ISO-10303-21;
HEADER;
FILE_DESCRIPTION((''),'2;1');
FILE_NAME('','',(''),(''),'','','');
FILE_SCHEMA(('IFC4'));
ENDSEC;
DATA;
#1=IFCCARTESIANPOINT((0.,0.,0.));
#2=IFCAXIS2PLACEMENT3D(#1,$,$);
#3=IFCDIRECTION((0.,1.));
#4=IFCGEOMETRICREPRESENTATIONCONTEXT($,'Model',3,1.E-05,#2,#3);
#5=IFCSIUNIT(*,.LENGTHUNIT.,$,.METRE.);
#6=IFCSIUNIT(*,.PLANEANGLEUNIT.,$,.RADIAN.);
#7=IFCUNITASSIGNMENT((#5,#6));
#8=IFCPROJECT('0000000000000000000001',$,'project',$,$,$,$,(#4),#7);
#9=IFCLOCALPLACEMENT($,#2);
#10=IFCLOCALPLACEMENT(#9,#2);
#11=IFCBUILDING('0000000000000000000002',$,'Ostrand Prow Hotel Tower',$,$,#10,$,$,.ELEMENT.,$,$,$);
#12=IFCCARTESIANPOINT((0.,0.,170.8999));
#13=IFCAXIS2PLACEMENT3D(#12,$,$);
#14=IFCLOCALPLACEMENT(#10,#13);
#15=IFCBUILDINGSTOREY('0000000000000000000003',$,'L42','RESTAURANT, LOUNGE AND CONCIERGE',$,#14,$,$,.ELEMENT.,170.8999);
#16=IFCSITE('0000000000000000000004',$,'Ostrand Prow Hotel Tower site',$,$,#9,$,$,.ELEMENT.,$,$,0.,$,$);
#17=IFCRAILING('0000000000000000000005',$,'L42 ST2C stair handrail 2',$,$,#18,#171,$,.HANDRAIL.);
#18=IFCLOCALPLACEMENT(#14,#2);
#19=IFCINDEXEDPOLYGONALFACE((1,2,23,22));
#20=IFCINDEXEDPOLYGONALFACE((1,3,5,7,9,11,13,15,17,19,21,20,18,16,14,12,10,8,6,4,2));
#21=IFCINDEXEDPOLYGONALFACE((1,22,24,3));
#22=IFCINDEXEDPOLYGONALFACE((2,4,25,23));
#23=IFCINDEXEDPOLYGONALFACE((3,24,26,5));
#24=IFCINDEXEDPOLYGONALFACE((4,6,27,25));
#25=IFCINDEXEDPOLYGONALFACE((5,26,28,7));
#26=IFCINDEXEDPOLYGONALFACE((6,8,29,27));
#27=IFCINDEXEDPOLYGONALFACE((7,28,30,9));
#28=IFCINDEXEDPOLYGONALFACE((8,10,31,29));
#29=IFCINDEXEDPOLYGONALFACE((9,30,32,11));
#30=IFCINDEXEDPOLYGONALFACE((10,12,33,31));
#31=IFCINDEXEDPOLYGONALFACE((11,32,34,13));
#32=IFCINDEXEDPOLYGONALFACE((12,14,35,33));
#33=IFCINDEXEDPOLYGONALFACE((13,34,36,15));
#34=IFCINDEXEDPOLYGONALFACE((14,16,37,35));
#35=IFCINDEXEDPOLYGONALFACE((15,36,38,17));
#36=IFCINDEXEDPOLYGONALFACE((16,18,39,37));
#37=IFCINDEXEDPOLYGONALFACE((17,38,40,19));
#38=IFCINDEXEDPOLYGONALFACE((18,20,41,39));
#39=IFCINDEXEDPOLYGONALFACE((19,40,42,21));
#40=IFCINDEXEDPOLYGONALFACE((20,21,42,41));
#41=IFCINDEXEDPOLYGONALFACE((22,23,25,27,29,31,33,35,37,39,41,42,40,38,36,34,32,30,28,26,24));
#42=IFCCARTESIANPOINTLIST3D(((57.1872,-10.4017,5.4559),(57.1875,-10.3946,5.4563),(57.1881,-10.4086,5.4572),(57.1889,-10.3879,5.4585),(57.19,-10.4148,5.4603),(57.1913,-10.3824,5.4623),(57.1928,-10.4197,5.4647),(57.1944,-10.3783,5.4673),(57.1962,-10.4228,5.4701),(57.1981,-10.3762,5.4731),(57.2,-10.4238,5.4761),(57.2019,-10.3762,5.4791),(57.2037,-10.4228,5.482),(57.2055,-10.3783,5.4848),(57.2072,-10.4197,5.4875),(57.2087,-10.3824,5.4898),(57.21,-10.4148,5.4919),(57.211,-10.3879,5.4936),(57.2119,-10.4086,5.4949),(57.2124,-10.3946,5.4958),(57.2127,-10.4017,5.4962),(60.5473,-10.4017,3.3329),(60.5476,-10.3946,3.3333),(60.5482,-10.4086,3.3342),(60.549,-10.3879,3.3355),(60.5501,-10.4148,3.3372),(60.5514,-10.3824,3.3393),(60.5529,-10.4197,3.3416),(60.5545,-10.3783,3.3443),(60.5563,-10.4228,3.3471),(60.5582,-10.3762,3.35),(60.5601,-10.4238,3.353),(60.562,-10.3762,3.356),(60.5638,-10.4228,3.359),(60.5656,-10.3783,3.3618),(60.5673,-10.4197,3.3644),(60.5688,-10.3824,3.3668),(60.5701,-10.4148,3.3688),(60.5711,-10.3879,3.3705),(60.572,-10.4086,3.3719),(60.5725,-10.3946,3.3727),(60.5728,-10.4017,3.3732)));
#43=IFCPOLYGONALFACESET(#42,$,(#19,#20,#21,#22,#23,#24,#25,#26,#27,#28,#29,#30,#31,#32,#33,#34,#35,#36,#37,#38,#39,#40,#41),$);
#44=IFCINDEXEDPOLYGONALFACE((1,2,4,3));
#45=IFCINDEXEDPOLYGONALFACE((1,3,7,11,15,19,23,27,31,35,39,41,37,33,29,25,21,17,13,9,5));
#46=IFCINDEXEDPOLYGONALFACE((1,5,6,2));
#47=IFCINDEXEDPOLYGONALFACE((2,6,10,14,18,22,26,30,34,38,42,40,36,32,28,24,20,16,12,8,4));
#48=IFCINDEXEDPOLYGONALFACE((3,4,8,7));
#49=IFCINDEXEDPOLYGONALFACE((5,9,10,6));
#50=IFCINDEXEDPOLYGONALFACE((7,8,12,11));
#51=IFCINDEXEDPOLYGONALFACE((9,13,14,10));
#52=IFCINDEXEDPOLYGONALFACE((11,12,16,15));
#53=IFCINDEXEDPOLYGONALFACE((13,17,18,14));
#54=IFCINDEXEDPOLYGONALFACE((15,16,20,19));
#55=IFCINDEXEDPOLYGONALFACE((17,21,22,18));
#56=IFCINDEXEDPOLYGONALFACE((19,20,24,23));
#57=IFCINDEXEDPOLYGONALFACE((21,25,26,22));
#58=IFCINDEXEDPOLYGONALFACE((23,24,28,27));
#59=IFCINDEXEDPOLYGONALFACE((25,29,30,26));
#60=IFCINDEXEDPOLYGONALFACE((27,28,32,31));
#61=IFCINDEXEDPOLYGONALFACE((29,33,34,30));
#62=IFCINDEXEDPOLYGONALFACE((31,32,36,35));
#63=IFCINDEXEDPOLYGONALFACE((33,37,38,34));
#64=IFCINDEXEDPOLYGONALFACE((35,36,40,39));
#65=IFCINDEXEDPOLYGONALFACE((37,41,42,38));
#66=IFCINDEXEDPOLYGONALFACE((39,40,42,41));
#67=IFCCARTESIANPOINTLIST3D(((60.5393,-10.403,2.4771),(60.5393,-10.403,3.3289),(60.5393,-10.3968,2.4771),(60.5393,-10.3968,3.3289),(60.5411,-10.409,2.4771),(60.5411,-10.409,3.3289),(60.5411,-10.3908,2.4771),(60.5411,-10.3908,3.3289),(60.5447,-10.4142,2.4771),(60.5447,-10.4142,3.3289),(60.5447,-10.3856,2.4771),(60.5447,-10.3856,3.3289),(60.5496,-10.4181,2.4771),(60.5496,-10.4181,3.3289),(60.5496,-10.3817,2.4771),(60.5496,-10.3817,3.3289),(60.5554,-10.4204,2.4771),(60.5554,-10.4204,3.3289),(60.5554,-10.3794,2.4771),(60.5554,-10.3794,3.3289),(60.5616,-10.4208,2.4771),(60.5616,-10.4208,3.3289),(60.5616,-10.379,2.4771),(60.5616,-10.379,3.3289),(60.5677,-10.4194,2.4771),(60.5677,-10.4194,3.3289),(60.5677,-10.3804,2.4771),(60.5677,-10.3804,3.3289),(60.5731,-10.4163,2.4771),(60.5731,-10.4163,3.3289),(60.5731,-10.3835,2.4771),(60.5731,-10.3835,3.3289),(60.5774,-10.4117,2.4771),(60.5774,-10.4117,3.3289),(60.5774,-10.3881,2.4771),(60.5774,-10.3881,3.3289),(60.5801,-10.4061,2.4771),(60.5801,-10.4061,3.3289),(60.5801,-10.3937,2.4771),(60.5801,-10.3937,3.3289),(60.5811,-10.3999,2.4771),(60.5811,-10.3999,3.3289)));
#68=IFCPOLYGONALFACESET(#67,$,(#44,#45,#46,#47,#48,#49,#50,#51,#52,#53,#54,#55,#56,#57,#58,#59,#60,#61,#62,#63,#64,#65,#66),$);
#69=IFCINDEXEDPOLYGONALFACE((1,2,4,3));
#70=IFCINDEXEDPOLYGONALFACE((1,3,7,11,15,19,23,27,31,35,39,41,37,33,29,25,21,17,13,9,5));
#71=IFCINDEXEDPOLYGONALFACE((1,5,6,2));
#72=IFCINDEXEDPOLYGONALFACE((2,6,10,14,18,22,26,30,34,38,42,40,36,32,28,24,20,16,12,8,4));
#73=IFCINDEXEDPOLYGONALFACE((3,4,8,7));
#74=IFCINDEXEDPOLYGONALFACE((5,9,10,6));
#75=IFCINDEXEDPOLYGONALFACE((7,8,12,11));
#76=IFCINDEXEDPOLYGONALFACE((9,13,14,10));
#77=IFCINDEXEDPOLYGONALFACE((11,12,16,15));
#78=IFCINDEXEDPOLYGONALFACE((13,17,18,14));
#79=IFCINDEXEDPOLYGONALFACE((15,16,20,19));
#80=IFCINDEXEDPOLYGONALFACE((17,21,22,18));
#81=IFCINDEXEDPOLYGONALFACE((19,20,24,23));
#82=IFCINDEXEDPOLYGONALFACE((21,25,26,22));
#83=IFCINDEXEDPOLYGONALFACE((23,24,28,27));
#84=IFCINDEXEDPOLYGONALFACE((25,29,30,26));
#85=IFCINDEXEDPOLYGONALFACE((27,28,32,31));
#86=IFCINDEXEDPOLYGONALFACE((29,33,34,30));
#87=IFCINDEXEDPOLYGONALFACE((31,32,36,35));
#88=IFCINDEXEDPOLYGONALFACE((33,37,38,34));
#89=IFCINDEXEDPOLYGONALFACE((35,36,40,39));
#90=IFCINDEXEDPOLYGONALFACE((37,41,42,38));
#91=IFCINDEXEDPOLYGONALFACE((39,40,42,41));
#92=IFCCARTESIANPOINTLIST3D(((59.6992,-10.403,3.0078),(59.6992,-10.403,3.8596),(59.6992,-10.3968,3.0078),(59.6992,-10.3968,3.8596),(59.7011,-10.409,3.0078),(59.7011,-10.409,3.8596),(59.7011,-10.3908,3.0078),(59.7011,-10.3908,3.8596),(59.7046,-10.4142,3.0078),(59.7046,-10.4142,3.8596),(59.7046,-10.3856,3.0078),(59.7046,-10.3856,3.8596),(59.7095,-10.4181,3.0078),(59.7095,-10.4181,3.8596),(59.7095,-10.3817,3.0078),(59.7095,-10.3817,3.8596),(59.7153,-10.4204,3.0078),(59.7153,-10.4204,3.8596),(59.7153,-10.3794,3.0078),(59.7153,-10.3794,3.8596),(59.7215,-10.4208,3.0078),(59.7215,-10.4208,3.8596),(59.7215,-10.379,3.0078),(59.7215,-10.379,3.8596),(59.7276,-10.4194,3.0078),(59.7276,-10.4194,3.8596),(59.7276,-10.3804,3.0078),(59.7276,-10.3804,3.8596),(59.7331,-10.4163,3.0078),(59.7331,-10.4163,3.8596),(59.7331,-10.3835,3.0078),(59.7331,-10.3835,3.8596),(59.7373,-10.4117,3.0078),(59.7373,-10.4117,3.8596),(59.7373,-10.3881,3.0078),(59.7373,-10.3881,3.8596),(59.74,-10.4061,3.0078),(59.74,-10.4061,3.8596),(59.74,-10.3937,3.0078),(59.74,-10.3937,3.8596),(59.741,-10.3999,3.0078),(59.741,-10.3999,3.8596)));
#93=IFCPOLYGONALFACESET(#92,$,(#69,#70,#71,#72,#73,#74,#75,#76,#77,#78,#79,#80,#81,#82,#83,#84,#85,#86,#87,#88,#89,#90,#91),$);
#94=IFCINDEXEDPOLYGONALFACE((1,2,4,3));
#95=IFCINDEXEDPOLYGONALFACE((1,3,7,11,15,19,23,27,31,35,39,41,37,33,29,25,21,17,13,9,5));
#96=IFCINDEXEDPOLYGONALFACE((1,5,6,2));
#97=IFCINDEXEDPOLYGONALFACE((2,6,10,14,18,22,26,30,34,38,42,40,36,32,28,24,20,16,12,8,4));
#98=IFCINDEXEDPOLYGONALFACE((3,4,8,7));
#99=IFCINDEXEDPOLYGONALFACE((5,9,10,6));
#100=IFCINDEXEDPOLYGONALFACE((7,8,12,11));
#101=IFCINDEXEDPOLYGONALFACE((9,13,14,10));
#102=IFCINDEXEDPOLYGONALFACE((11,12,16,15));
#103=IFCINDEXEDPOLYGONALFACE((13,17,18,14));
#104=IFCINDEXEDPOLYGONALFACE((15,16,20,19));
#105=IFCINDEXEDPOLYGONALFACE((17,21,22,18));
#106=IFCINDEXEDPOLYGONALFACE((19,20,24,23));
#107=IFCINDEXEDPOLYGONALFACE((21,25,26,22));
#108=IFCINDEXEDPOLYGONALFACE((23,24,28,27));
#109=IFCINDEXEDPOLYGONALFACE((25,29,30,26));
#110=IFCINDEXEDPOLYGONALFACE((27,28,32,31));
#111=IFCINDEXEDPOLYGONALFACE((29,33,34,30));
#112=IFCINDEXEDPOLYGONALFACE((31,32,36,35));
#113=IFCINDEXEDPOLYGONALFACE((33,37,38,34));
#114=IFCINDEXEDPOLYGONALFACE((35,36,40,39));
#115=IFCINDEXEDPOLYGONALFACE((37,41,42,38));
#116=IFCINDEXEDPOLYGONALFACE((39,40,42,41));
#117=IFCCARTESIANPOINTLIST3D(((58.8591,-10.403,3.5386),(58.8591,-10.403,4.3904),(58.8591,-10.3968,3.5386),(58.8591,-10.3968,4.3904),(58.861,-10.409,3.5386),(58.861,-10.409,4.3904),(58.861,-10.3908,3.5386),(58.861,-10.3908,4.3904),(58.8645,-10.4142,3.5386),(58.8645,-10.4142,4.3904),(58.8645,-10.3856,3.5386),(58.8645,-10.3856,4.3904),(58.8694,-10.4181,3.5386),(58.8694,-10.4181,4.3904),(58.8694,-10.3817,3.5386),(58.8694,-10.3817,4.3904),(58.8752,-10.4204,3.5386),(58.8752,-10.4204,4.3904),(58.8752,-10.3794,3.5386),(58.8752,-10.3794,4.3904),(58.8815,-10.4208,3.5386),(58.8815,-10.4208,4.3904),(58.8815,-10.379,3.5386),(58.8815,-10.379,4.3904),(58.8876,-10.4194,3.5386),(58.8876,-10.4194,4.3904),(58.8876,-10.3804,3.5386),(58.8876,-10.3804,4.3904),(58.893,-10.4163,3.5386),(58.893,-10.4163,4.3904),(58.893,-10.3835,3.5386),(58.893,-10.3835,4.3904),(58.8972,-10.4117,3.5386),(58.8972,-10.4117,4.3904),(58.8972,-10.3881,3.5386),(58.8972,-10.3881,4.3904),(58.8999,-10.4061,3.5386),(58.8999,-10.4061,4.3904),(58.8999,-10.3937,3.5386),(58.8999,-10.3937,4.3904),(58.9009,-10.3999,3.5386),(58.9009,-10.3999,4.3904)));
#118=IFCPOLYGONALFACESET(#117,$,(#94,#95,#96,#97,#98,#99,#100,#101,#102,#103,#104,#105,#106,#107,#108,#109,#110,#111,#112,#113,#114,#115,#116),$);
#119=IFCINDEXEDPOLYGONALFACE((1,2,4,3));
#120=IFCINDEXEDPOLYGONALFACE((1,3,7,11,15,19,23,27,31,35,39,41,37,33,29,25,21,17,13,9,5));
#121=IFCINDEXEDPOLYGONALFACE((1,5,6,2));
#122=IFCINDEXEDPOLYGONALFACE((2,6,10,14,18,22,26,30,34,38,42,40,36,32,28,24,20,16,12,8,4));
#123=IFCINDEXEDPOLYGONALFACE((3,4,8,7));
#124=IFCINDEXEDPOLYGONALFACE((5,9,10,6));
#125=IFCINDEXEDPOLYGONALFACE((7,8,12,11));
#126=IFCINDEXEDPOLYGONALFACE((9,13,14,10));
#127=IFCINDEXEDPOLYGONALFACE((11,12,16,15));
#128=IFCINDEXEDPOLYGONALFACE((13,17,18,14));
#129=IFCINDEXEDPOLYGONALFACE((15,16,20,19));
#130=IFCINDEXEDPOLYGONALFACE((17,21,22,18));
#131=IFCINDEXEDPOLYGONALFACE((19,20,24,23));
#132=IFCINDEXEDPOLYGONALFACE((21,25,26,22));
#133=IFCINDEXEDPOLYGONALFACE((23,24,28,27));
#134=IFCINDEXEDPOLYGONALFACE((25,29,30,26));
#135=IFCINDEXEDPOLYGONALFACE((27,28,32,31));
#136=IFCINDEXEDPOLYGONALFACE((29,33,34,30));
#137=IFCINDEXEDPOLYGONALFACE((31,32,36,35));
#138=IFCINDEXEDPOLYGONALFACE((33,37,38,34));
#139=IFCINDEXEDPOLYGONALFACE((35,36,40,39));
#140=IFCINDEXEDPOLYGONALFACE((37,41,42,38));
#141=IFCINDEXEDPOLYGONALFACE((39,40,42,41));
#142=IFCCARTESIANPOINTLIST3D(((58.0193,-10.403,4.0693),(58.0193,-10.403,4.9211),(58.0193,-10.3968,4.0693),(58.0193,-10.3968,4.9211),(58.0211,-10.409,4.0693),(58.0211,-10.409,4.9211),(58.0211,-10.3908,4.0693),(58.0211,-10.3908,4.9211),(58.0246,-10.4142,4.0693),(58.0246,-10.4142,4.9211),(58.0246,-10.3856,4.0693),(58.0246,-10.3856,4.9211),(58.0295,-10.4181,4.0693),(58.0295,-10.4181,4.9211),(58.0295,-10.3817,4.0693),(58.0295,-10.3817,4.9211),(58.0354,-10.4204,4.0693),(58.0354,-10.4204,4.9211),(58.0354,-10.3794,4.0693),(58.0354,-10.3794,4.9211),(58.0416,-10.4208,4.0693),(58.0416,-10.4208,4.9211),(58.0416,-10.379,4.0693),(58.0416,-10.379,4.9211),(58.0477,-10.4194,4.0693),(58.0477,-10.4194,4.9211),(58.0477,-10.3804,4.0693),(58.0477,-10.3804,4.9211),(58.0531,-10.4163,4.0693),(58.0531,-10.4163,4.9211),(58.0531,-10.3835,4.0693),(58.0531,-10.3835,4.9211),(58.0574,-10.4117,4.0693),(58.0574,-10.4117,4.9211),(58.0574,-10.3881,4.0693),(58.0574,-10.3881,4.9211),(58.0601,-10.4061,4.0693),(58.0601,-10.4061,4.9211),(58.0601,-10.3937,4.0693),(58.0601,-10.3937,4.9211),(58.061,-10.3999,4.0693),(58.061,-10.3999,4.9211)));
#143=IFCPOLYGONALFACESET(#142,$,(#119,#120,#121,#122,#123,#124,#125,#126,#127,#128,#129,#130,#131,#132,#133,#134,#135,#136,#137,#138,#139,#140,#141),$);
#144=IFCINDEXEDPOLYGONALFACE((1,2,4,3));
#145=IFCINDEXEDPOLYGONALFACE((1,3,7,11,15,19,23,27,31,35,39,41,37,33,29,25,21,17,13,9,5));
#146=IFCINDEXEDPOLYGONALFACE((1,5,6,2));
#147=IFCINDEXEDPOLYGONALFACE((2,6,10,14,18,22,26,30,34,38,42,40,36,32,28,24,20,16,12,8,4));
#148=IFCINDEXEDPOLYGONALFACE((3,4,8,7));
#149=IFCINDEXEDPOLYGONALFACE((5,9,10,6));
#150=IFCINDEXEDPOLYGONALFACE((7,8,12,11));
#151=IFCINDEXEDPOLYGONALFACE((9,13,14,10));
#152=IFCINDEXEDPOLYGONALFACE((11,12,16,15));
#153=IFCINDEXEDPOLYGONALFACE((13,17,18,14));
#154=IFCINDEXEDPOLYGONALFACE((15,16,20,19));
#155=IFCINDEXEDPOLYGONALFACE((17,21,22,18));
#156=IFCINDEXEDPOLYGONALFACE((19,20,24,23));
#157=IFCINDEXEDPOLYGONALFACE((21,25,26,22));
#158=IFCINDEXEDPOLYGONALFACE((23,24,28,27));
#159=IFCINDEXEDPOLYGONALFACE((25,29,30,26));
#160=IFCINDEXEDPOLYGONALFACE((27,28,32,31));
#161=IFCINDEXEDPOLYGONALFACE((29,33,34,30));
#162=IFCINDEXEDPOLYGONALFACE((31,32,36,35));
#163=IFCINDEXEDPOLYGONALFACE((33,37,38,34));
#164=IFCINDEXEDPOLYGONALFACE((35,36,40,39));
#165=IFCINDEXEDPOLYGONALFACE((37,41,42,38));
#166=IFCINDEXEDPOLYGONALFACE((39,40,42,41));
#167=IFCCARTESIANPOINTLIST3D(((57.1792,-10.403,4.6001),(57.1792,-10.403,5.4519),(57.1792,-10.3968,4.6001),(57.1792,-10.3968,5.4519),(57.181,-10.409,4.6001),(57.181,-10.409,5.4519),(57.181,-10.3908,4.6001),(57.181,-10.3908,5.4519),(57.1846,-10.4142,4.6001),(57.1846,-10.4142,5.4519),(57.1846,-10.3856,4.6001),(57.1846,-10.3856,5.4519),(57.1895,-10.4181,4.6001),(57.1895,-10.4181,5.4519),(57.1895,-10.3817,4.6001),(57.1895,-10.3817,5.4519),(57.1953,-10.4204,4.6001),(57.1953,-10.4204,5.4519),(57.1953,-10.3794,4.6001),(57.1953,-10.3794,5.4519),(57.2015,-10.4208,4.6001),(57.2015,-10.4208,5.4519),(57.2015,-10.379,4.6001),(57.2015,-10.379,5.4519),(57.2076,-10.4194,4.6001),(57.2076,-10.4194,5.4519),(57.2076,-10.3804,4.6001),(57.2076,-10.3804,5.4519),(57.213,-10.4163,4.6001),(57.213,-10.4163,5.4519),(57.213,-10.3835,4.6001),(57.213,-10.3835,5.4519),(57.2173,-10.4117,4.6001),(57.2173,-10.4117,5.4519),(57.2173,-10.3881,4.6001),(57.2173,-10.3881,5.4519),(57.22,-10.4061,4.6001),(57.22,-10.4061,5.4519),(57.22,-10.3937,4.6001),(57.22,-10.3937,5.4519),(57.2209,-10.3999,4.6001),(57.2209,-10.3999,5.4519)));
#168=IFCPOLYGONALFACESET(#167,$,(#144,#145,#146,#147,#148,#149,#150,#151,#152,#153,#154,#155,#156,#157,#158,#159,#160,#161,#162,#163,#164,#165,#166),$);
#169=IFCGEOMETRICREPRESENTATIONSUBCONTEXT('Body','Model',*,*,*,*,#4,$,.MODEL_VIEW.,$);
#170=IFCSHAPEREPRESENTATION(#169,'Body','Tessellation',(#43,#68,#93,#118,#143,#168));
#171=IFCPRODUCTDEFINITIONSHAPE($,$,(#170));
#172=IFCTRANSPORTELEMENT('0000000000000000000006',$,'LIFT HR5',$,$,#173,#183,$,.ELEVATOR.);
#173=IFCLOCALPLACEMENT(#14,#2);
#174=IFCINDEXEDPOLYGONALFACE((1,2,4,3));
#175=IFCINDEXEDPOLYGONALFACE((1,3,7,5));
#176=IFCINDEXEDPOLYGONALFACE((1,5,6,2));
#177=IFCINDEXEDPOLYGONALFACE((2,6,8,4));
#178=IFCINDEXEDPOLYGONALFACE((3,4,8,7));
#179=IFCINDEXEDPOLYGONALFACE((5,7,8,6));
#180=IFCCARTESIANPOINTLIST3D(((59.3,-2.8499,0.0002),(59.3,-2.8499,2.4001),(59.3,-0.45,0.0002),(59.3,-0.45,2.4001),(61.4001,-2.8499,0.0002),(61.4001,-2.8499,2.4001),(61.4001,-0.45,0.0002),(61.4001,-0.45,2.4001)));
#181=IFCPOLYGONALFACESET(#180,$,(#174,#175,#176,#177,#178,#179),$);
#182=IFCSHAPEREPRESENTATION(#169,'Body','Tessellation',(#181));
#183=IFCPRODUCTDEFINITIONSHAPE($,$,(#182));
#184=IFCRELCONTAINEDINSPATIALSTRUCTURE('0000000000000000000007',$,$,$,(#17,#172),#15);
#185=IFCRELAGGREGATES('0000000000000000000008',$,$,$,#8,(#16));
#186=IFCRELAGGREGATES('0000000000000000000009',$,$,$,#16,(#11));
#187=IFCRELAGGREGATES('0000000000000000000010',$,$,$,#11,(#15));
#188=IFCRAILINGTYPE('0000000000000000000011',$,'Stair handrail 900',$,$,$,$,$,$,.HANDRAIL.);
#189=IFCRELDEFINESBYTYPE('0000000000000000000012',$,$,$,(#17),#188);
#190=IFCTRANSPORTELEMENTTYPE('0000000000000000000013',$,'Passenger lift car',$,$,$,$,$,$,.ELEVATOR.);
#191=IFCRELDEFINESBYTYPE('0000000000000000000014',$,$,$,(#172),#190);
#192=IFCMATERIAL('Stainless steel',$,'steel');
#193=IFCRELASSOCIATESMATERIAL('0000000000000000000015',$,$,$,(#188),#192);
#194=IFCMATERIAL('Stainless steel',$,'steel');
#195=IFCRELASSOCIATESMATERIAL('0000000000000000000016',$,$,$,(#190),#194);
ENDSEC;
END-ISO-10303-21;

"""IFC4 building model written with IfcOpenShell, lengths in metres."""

from ifc_helpers import new_model, si_unit, direction, frame, origin, origin_2d, place, context, subcontext, project, spatial, rectangle, circle, extrude, material, type_object, element, save


model = new_model("IFC4")

# Units and contexts
model_context = context("Model", 3, precision=1e-05, world=origin(), true_north=direction((0.0, 1.0)))
body_context = subcontext(model_context, "Body", "Model", "MODEL_VIEW")
ifc_project = project(units=[si_unit("LENGTHUNIT", "METRE"), si_unit("PLANEANGLEUNIT", "RADIAN")], contexts=[model_context])

# Site, building, storey
site_placement = place(None, origin())
site = spatial("IfcSite", under=ifc_project, at=site_placement, Name="Ostrand Prow Hotel Tower site", CompositionType="ELEMENT", RefElevation=0.0)
building_placement = place(site_placement, origin())
building = spatial("IfcBuilding", under=site, at=building_placement, Name="Ostrand Prow Hotel Tower", CompositionType="ELEMENT")
storey_placement = place(building_placement, frame((0.0, 0.0, 170.8999)))
storey = spatial("IfcBuildingStorey", under=building, at=storey_placement, Name="L42", Description="RESTAURANT, LOUNGE AND CONCIERGE", CompositionType="ELEMENT", Elevation=170.8999)

# Railing
ifc_material_1 = material(Name="Stainless steel", Category="steel")
railing_type_1 = type_object("IfcRailingType", Name="Stair handrail 900", PredefinedType="HANDRAIL", material=ifc_material_1)
railing_1_placement = place(storey_placement, frame((60.5601, -10.3999, 2.4771)))
element("IfcRailing", 1, at=railing_1_placement, inside=storey, type_object=railing_type_1, Name="L42 ST2C stair handrail 2", PredefinedType="HANDRAIL", context=body_context, shape_type="SweptSolid", body=[
    extrude(circle(Radius=0.0239, at=origin_2d()), frame((0.0, 0.0, 0.876), z_axis=(-0.84539, 0.0, 0.53415), x_axis=(0.0, -1.0, 0.0)), (0.0, 0.0, 1.0), 3.9746),
    extrude(circle(Radius=0.021, at=origin_2d()), origin(), (0.0, 0.0, 1.0), 0.8518),
    extrude(circle(Radius=0.021, at=origin_2d()), frame((-0.8401, 0.0, 0.5308)), (0.0, 0.0, 1.0), 0.8518),
    extrude(circle(Radius=0.021, at=origin_2d()), frame((-1.6802, 0.0, 1.0615)), (0.0, 0.0, 1.0), 0.8518),
    extrude(circle(Radius=0.021, at=origin_2d()), frame((-2.52, 0.0, 1.5923)), (0.0, 0.0, 1.0), 0.8518),
    extrude(circle(Radius=0.021, at=origin_2d()), frame((-3.3601, 0.0, 2.123)), (0.0, 0.0, 1.0), 0.8518),
])

# Transport element
ifc_material_2 = material(Name="Stainless steel", Category="steel")
transport_element_type = type_object("IfcTransportElementType", Name="Passenger lift car", PredefinedType="ELEVATOR", material=ifc_material_2)
transport_element_placement = place(storey_placement, frame((60.3501, -1.6499, 0.0002), z_axis=(0.0, 0.0, 1.0), x_axis=(1.0, 0.0, 0.0)))
element("IfcTransportElement", 2, at=transport_element_placement, inside=storey, type_object=transport_element_type, Name="LIFT HR5", PredefinedType="ELEVATOR", context=body_context, shape_type="SweptSolid", body=[
    extrude(rectangle(XDim=2.1001, YDim=2.3999, at=origin_2d()), origin(), (0.0, 0.0, 1.0), 2.3999),
])

save(model, "model.ifc")
